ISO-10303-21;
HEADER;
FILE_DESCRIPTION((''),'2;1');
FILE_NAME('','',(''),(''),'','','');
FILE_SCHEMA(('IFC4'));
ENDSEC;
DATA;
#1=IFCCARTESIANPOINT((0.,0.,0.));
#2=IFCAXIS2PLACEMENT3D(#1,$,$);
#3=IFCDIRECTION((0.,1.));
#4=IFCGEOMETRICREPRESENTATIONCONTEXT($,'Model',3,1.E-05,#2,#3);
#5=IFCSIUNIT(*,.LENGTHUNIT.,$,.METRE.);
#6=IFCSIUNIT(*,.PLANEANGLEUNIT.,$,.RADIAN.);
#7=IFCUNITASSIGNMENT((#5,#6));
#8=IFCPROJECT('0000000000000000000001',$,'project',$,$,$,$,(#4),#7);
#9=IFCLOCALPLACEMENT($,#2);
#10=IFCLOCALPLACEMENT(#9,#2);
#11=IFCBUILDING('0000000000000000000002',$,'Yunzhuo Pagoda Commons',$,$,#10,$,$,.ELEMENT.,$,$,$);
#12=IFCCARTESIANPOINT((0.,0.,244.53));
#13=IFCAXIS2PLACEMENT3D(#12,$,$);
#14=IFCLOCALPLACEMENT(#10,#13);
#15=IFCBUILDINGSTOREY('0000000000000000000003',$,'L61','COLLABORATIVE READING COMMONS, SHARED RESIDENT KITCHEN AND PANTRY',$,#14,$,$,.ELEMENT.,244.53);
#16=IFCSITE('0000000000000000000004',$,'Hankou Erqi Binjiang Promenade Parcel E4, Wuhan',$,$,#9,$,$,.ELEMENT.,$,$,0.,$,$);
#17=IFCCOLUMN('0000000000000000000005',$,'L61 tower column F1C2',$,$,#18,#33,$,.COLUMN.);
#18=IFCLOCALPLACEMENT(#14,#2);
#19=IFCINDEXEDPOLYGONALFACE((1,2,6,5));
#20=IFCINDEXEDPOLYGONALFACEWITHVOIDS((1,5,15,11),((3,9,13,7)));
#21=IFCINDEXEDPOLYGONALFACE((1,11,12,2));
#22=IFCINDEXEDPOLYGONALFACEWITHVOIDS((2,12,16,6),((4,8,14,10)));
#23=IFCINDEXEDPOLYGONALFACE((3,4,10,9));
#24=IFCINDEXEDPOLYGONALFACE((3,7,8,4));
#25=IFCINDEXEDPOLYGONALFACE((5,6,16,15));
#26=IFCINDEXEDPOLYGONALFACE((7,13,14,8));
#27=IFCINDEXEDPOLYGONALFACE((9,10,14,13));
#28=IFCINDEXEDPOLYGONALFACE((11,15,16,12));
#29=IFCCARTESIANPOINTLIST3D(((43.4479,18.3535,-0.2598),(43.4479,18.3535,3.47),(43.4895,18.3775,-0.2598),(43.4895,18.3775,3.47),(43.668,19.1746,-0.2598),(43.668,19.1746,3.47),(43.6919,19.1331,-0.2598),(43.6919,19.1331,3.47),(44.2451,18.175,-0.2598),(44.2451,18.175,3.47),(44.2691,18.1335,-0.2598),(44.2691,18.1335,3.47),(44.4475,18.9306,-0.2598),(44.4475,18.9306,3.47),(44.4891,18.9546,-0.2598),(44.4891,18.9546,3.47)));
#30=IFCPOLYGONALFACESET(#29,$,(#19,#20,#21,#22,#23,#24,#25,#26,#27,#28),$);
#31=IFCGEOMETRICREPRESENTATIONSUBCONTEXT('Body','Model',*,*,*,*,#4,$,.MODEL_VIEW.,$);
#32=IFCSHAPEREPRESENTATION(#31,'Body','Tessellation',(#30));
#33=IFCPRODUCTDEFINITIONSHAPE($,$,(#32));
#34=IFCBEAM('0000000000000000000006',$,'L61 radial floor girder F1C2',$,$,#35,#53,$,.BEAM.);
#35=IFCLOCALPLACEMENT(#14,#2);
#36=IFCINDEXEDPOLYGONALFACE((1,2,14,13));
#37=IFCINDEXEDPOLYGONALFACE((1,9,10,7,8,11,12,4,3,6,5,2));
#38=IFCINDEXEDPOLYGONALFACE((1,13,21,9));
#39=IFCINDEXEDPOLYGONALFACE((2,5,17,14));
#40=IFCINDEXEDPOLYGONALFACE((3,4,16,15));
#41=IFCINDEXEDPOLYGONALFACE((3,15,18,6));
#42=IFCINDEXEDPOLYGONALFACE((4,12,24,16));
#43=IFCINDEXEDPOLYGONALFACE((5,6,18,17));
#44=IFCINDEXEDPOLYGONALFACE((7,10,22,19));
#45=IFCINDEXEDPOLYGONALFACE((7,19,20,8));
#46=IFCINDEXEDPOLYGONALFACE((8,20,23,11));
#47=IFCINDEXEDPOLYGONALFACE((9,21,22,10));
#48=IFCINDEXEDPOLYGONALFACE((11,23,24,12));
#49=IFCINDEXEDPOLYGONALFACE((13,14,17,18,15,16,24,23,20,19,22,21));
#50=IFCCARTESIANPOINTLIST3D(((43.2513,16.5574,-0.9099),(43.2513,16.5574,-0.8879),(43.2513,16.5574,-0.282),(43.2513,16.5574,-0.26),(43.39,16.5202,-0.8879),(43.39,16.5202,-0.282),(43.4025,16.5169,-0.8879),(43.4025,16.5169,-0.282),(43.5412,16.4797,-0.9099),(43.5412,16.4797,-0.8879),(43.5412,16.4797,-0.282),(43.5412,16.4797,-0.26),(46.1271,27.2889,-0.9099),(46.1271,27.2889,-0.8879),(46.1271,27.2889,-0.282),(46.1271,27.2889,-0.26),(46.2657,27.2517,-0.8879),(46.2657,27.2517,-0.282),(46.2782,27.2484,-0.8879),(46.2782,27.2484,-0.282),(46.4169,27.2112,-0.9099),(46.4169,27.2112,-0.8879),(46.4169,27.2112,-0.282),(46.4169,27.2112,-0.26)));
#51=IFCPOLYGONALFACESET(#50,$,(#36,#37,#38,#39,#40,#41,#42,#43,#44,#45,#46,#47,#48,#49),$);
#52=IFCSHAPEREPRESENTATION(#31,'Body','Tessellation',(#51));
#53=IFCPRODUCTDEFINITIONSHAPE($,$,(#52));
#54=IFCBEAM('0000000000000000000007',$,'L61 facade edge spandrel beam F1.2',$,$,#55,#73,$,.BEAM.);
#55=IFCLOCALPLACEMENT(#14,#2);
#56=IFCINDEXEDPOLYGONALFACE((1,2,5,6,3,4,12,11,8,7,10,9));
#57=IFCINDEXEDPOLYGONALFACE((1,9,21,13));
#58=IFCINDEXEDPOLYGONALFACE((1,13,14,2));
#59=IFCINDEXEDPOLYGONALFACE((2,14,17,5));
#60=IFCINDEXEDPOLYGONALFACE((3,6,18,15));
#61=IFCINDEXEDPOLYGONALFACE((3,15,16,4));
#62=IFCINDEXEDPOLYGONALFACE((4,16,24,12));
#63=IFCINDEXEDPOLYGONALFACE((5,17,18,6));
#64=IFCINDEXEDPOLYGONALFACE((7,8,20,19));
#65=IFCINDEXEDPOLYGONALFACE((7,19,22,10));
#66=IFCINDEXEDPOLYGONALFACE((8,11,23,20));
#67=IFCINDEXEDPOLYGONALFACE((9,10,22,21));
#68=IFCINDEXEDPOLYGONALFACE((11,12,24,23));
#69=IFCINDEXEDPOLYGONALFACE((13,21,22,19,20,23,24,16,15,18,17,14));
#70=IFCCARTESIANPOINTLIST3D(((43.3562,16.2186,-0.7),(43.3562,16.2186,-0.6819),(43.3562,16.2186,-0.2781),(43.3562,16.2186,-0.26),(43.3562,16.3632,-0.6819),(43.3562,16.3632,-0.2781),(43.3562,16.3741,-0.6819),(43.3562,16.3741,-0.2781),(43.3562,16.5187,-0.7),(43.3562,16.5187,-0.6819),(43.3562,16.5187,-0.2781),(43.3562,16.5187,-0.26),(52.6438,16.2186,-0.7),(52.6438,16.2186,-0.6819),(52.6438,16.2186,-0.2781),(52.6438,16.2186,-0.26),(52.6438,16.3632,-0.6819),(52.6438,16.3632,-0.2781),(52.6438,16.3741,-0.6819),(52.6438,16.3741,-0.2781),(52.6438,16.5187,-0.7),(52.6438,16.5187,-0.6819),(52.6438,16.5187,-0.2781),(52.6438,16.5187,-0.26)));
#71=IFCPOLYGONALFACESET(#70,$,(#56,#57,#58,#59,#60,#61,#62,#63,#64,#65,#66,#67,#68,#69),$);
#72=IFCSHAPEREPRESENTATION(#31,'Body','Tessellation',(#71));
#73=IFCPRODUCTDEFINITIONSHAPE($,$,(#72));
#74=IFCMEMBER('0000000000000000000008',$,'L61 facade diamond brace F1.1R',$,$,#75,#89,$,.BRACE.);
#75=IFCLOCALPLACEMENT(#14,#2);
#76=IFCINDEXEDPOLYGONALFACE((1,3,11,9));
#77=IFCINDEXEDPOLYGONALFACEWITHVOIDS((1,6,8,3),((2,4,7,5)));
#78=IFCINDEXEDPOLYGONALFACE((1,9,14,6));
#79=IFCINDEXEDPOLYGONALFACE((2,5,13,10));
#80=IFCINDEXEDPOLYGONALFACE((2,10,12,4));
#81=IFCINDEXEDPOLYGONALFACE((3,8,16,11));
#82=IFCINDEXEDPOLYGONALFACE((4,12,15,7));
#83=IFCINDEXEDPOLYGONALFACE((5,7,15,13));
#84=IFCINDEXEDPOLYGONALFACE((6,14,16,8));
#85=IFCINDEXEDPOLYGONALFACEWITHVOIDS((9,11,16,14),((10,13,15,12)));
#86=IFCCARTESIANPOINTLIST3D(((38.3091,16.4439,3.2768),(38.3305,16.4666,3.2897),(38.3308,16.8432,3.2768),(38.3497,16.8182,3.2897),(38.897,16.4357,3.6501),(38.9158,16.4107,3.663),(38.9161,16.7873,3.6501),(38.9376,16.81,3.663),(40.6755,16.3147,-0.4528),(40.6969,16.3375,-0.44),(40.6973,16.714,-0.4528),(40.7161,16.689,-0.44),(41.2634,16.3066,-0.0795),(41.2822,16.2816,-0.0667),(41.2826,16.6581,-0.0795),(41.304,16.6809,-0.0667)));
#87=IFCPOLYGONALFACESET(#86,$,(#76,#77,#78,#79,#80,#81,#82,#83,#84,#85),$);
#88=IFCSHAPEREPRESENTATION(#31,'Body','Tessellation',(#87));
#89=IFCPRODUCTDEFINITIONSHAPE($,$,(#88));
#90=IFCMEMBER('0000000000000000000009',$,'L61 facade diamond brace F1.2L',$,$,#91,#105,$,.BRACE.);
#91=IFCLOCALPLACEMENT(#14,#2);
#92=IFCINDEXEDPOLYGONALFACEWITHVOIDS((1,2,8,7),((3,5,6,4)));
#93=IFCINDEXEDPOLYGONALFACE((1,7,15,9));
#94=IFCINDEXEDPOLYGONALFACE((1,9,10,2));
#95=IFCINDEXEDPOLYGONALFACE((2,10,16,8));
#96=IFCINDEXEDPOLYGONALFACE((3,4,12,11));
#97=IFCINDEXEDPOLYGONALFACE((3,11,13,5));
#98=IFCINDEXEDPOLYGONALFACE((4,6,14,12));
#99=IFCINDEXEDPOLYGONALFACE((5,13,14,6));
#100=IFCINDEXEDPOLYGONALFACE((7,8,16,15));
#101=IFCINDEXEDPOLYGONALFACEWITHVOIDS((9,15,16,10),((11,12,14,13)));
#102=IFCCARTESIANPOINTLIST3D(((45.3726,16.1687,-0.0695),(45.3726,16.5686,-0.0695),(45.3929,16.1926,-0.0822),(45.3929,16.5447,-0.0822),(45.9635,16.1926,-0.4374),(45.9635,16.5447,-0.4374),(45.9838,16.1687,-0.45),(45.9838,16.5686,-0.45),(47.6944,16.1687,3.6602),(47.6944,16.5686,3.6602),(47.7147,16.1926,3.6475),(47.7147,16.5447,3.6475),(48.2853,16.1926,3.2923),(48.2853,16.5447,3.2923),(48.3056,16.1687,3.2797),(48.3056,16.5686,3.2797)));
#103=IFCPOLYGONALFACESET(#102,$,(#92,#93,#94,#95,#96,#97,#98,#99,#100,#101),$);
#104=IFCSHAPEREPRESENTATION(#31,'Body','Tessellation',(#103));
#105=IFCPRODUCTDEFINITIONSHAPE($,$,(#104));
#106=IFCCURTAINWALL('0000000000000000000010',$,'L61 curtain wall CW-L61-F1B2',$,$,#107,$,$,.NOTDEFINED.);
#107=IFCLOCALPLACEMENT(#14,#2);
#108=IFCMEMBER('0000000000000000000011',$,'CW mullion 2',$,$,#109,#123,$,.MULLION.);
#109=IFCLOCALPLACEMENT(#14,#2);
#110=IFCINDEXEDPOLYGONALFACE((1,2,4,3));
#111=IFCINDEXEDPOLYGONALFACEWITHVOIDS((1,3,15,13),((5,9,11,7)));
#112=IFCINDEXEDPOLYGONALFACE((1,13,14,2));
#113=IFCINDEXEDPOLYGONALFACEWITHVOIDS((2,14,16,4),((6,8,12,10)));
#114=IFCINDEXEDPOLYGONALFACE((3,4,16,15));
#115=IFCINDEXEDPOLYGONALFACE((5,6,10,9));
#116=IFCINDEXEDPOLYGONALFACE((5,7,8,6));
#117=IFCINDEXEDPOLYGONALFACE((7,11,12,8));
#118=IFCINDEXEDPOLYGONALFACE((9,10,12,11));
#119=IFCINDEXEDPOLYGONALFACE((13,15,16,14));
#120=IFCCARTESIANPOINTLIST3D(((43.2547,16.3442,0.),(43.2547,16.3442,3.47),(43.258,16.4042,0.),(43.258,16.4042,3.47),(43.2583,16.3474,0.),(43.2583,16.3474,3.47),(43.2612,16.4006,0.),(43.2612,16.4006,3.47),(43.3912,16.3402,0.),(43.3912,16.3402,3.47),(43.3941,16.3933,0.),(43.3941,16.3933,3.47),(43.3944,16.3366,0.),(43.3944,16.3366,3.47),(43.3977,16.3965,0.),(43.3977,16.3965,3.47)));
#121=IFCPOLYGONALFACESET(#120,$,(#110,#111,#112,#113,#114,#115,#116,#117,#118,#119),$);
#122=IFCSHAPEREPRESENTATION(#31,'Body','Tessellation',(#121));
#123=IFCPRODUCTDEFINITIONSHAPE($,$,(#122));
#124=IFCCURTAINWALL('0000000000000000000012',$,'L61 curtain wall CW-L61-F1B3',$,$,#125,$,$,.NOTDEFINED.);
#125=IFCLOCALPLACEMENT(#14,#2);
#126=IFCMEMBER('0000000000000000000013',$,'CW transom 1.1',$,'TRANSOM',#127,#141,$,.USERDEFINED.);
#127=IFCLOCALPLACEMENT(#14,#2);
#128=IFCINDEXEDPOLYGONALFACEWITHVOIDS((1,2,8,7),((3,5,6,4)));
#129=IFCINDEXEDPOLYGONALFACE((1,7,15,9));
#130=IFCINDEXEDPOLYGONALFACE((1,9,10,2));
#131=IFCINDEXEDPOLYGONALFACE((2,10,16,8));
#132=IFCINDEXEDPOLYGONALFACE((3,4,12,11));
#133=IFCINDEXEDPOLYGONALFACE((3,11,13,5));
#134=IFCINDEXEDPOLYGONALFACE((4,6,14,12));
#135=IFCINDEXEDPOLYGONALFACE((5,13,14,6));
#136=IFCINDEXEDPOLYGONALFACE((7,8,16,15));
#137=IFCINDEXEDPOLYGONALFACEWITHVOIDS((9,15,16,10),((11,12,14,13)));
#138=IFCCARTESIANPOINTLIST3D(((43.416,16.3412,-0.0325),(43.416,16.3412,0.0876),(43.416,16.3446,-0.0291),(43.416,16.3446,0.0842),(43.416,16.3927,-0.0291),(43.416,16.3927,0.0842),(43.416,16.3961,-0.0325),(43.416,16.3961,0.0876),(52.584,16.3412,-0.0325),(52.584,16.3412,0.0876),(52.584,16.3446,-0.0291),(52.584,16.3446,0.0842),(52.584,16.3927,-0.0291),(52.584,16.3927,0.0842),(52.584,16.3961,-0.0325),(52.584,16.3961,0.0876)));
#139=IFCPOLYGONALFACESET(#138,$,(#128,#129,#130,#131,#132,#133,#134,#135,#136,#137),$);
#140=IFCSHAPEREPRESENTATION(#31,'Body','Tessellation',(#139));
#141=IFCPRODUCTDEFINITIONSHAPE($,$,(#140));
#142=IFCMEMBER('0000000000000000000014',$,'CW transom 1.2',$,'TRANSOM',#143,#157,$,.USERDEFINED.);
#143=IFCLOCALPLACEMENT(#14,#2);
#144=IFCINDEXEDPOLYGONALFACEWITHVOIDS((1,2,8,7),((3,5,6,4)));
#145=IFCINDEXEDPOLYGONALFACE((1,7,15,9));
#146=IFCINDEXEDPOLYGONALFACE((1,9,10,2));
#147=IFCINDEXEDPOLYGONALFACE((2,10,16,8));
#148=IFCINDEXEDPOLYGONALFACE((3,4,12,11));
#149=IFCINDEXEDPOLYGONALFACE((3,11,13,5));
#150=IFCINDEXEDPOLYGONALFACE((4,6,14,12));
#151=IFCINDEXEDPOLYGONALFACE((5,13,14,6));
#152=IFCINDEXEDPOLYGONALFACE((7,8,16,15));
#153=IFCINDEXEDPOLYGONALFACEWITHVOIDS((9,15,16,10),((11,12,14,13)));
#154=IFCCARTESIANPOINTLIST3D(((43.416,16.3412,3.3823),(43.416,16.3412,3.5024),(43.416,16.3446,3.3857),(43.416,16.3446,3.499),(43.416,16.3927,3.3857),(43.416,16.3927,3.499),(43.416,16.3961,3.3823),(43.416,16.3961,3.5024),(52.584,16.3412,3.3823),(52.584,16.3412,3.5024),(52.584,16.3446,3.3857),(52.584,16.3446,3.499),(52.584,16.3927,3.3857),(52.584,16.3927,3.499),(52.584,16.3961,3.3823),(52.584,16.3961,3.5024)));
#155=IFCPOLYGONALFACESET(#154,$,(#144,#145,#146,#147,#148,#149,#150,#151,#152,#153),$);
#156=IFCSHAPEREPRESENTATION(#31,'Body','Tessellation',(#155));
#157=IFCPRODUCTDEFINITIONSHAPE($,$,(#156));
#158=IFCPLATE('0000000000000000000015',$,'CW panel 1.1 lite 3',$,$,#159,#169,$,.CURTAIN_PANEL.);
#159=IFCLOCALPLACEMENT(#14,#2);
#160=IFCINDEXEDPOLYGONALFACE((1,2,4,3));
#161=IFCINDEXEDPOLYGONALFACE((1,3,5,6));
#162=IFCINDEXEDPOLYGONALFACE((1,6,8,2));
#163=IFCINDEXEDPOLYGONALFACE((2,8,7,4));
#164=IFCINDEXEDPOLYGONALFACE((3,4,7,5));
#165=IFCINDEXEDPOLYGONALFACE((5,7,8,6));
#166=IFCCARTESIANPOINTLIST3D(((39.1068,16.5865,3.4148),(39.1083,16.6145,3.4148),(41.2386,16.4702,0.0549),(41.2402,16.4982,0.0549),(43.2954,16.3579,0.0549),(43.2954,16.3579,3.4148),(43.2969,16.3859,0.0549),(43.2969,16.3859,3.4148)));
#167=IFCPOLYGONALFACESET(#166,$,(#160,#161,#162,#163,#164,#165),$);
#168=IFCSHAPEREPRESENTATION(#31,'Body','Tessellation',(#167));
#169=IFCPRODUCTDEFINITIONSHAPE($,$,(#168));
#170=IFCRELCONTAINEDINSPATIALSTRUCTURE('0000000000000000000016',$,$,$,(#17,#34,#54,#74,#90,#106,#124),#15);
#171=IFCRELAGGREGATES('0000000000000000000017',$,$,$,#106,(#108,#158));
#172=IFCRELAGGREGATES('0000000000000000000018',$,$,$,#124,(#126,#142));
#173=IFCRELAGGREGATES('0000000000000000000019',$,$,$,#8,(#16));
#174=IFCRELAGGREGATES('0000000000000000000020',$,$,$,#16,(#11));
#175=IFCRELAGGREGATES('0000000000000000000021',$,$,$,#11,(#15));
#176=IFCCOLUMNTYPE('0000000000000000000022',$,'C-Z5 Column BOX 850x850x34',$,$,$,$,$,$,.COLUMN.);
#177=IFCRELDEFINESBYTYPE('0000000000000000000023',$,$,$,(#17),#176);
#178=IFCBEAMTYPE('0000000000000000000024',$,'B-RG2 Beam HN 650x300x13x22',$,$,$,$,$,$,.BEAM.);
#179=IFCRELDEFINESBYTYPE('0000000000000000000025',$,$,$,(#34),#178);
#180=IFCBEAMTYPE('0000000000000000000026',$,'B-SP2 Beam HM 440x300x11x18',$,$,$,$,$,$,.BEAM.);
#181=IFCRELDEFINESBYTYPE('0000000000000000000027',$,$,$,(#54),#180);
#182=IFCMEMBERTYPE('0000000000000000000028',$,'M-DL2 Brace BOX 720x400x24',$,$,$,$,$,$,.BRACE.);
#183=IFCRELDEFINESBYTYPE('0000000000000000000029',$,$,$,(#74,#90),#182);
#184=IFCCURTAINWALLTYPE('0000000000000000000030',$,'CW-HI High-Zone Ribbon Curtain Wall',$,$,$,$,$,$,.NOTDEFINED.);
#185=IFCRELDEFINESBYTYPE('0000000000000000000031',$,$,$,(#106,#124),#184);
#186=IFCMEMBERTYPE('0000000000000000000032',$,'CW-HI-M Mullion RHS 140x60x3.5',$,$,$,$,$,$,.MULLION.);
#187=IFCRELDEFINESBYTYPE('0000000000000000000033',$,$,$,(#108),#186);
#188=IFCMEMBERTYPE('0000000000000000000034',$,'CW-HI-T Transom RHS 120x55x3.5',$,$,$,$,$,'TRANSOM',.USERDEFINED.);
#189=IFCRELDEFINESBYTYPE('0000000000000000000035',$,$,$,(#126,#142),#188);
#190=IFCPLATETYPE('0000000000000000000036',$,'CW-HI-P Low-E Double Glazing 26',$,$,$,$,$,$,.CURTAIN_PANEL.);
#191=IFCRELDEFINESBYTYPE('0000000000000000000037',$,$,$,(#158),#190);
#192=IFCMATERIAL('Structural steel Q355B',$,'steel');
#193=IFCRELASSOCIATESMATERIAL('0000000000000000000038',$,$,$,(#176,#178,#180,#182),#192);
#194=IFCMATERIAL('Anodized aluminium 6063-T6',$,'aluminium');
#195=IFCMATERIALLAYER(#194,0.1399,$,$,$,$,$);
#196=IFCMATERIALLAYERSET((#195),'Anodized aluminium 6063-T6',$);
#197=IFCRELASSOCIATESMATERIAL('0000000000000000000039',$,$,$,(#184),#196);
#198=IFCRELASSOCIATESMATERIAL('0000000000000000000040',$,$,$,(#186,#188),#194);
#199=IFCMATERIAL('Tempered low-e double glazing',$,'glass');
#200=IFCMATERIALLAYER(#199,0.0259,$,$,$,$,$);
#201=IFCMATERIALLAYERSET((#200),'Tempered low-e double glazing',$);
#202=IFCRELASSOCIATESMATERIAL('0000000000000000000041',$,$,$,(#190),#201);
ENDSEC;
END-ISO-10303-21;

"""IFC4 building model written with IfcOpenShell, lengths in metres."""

from ifc_helpers import new_model, si_unit, direction, frame, origin, origin_2d, place, context, subcontext, project, spatial, polyline, hollow_rectangle, i_section, outline, extrude, source, transform, mapped, material, layer, layer_set, material_profile, profile_set, type_object, element, aggregate, save


model = new_model("IFC4")

# Units and contexts
model_context = context("Model", 3, precision=1e-05, world=origin(), true_north=direction((0.0, 1.0)))
body_context = subcontext(model_context, "Body", "Model", "MODEL_VIEW")
ifc_project = project(units=[si_unit("LENGTHUNIT", "METRE"), si_unit("PLANEANGLEUNIT", "RADIAN")], contexts=[model_context])

# Site, building, storey
site_placement = place(None, origin())
site = spatial("IfcSite", under=ifc_project, at=site_placement, Name="Hankou Erqi Binjiang Promenade Parcel E4, Wuhan", CompositionType="ELEMENT", RefElevation=0.0)
building_placement = place(site_placement, origin())
building = spatial("IfcBuilding", under=site, at=building_placement, Name="Yunzhuo Pagoda Commons", CompositionType="ELEMENT")
storey_placement = place(building_placement, frame((0.0, 0.0, 244.53)))
storey = spatial("IfcBuildingStorey", under=building, at=storey_placement, Name="L61", Description="COLLABORATIVE READING COMMONS, SHARED RESIDENT KITCHEN AND PANTRY", CompositionType="ELEMENT", Elevation=244.53)

# Column
ifc_material_1 = material(Name="Structural steel Q355B", Category="steel")
ifc_material_profile_1 = material_profile(ifc_material_1, hollow_rectangle(XDim=0.8501, YDim=0.8501, WallThickness=0.0339, at=origin_2d()), Name="Structural steel Q355B")
ifc_profile_set_1 = profile_set([ifc_material_profile_1], Name="Structural steel Q355B")
column_type = type_object("IfcColumnType", Name="C-Z5 Column BOX 850x850x34", PredefinedType="COLUMN", material=ifc_profile_set_1)
shared_shape_1 = source(origin(), body_context, "Body", "SweptSolid", [
    extrude(hollow_rectangle(XDim=0.8501, YDim=0.8501, WallThickness=0.0339, at=origin_2d()), origin(), (0.0, 0.0, 1.0), 3.7297),
])
column_placement = place(storey_placement, frame((43.9685, 18.6541, -0.2598), z_axis=(0.0, 0.0, 1.0), x_axis=(0.965926, -0.258819, 0.0)))
element("IfcColumn", 1, at=column_placement, inside=storey, type_object=column_type, Name="L61 tower column F1C2", PredefinedType="COLUMN", context=body_context, shape_type="MappedRepresentation", body=[
    mapped(shared_shape_1, transform((0.0, 0.0, 0.0), scale=1.0)),
])

# Beams
ifc_material_profile_2 = material_profile(ifc_material_1, i_section(OverallWidth=0.3, OverallDepth=0.6499, WebThickness=0.0129, FlangeThickness=0.022, at=origin_2d()), Name="Structural steel Q355B")
ifc_profile_set_2 = profile_set([ifc_material_profile_2], Name="Structural steel Q355B")
beam_type_1 = type_object("IfcBeamType", Name="B-RG2 Beam HN 650x300x13x22", PredefinedType="BEAM", material=ifc_profile_set_2)
shared_shape_2 = source(origin(), body_context, "Body", "SweptSolid", [
    extrude(i_section(OverallWidth=0.3, OverallDepth=0.6499, WebThickness=0.0129, FlangeThickness=0.022, at=origin_2d()), origin(), (0.0, 0.0, 1.0), 11.1101),
])
beam_1_placement = place(storey_placement, frame((43.3962, 16.5186, -0.585), z_axis=(0.25884, 0.96592, 0.0), x_axis=(-0.96592, 0.25884, 0.0)))
element("IfcBeam", 2, at=beam_1_placement, inside=storey, type_object=beam_type_1, Name="L61 radial floor girder F1C2", PredefinedType="BEAM", context=body_context, shape_type="MappedRepresentation", body=[
    mapped(shared_shape_2, transform((0.0, 0.0, 0.0), scale=1.0)),
])
ifc_material_profile_3 = material_profile(ifc_material_1, i_section(OverallWidth=0.3, OverallDepth=0.4399, WebThickness=0.011, FlangeThickness=0.0181, at=origin_2d()), Name="Structural steel Q355B")
ifc_profile_set_3 = profile_set([ifc_material_profile_3], Name="Structural steel Q355B")
beam_type_2 = type_object("IfcBeamType", Name="B-SP2 Beam HM 440x300x11x18", PredefinedType="BEAM", material=ifc_profile_set_3)
shared_shape_3 = source(origin(), body_context, "Body", "SweptSolid", [
    extrude(i_section(OverallWidth=0.3, OverallDepth=0.4399, WebThickness=0.011, FlangeThickness=0.0181, at=origin_2d()), origin(), (0.0, 0.0, 1.0), 9.2876),
])
beam_2_placement = place(storey_placement, frame((43.3562, 16.3687, -0.48), z_axis=(1.0, 0.0, 0.0), x_axis=(0.0, 1.0, 0.0)))
element("IfcBeam", 3, at=beam_2_placement, inside=storey, type_object=beam_type_2, Name="L61 facade edge spandrel beam F1.2", PredefinedType="BEAM", context=body_context, shape_type="MappedRepresentation", body=[
    mapped(shared_shape_3, transform((0.0, 0.0, 0.0), scale=1.0)),
])

# Members
ifc_material_profile_4 = material_profile(ifc_material_1, hollow_rectangle(XDim=0.3999, YDim=0.72, WallThickness=0.0239, at=origin_2d()), Name="Structural steel Q355B")
ifc_profile_set_4 = profile_set([ifc_material_profile_4], Name="Structural steel Q355B")
member_type_1 = type_object("IfcMemberType", Name="M-DL2 Brace BOX 720x400x24", PredefinedType="BRACE", material=ifc_profile_set_4)
shared_shape_4 = source(origin(), body_context, "Body", "SweptSolid", [
    extrude(hollow_rectangle(XDim=0.3999, YDim=0.72, WallThickness=0.0239, at=origin_2d()), origin(), (0.0, 0.0, 1.0), 4.4189),
])
member_1_placement = place(storey_placement, frame((40.9897, 16.4978, -0.2598), z_axis=(-0.535516, 0.029226, 0.844019), x_axis=(-0.054494, -0.998514, 0.0)))
element("IfcMember", 4, at=member_1_placement, inside=storey, type_object=member_type_1, Name="L61 facade diamond brace F1.1R", PredefinedType="BRACE", context=body_context, shape_type="MappedRepresentation", body=[
    mapped(shared_shape_4, transform((0.0, 0.0, 0.0), scale=1.0)),
])
shared_shape_5 = source(origin(), body_context, "Body", "SweptSolid", [
    extrude(hollow_rectangle(XDim=0.3999, YDim=0.72, WallThickness=0.0239, at=origin_2d()), origin(), (0.0, 0.0, 1.0), 4.3933),
])
member_2_placement = place(storey_placement, frame((45.6782, 16.3687, -0.2598), z_axis=(0.528475, 0.0, 0.848949), x_axis=(0.0, 1.0, 0.0)))
element("IfcMember", 5, at=member_2_placement, inside=storey, type_object=member_type_1, Name="L61 facade diamond brace F1.2L", PredefinedType="BRACE", context=body_context, shape_type="MappedRepresentation", body=[
    mapped(shared_shape_5, transform((0.0, 0.0, 0.0), scale=1.0)),
])

# Curtain wall, member
ifc_material_2 = material(Name="Anodized aluminium 6063-T6", Category="aluminium")
ifc_layer_1 = layer(ifc_material_2, 0.1399)
ifc_layer_set_1 = layer_set([ifc_layer_1], Name="Anodized aluminium 6063-T6")
curtain_wall_type = type_object("IfcCurtainWallType", Name="CW-HI High-Zone Ribbon Curtain Wall", PredefinedType="NOTDEFINED", material=ifc_layer_set_1)
curtain_wall_1_placement = place(storey_placement, origin())
curtain_wall_1 = element("IfcCurtainWall", 6, at=curtain_wall_1_placement, inside=storey, type_object=curtain_wall_type, Name="L61 curtain wall CW-L61-F1B2", PredefinedType="NOTDEFINED")
ifc_material_profile_5 = material_profile(ifc_material_2, hollow_rectangle(XDim=0.0601, YDim=0.1399, WallThickness=0.0034, at=origin_2d()), Name="Anodized aluminium 6063-T6")
ifc_profile_set_5 = profile_set([ifc_material_profile_5], Name="Anodized aluminium 6063-T6")
member_type_2 = type_object("IfcMemberType", Name="CW-HI-M Mullion RHS 140x60x3.5", PredefinedType="MULLION", material=ifc_profile_set_5)
shared_shape_6 = source(origin(), body_context, "Body", "SweptSolid", [
    extrude(hollow_rectangle(XDim=0.0601, YDim=0.1399, WallThickness=0.0034, at=origin_2d()), origin(), (0.0, 0.0, 1.0), 3.47),
])
member_3_placement = place(storey_placement, frame((43.3262, 16.3704, 0.0), z_axis=(0.0, 0.0, 1.0), x_axis=(0.054497, 0.998514, 0.0)))
member_3 = element("IfcMember", 7, at=member_3_placement, type_object=member_type_2, Name="CW mullion 2", PredefinedType="MULLION", context=body_context, shape_type="MappedRepresentation", body=[
    mapped(shared_shape_6, transform((0.0, 0.0, 0.0), scale=1.0)),
])

# Curtain wall, members
curtain_wall_2_placement = place(storey_placement, origin())
curtain_wall_2 = element("IfcCurtainWall", 8, at=curtain_wall_2_placement, inside=storey, type_object=curtain_wall_type, Name="L61 curtain wall CW-L61-F1B3", PredefinedType="NOTDEFINED")
ifc_material_profile_6 = material_profile(ifc_material_2, hollow_rectangle(XDim=0.0549, YDim=0.1201, WallThickness=0.0034, at=origin_2d()), Name="Anodized aluminium 6063-T6")
ifc_profile_set_6 = profile_set([ifc_material_profile_6], Name="Anodized aluminium 6063-T6")
member_type_3 = type_object("IfcMemberType", Name="CW-HI-T Transom RHS 120x55x3.5", ElementType="TRANSOM", PredefinedType="USERDEFINED", material=ifc_profile_set_6)
shared_shape_7 = source(origin(), body_context, "Body", "SweptSolid", [
    extrude(hollow_rectangle(XDim=0.0549, YDim=0.1201, WallThickness=0.0034, at=origin_2d()), origin(), (0.0, 0.0, 1.0), 9.168),
])
member_4_placement = place(storey_placement, frame((43.416, 16.3687, 0.0276), z_axis=(1.0, 0.0, 0.0), x_axis=(0.0, 1.0, 0.0)))
member_4 = element("IfcMember", 9, at=member_4_placement, type_object=member_type_3, Name="CW transom 1.1", ObjectType="TRANSOM", PredefinedType="USERDEFINED", context=body_context, shape_type="MappedRepresentation", body=[
    mapped(shared_shape_7, transform((0.0, 0.0, 0.0), scale=1.0)),
])
member_5_placement = place(storey_placement, frame((43.416, 16.3687, 3.4424), z_axis=(1.0, 0.0, 0.0), x_axis=(0.0, 1.0, 0.0)))
member_5 = element("IfcMember", 10, at=member_5_placement, type_object=member_type_3, Name="CW transom 1.2", ObjectType="TRANSOM", PredefinedType="USERDEFINED", context=body_context, shape_type="MappedRepresentation", body=[
    mapped(shared_shape_7, transform((0.0, 0.0, 0.0), scale=1.0)),
])

# Plate
ifc_material_3 = material(Name="Tempered low-e double glazing", Category="glass")
ifc_layer_2 = layer(ifc_material_3, 0.0259)
ifc_layer_set_2 = layer_set([ifc_layer_2], Name="Tempered low-e double glazing")
plate_type = type_object("IfcPlateType", Name="CW-HI-P Low-E Double Glazing 26", PredefinedType="CURTAIN_PANEL", material=ifc_layer_set_2)
plate_1_placement = place(storey_placement, frame((41.2026, 16.5002, 1.7349), z_axis=(-0.054497, -0.998514, 0.0), x_axis=(0.998514, -0.054497, 0.0)))
plate_1 = element("IfcPlate", 11, at=plate_1_placement, type_object=plate_type, Name="CW panel 1.1 lite 3", PredefinedType="CURTAIN_PANEL", context=body_context, shape_type="SweptSolid", body=[
    extrude(outline(polyline([(-2.0974, 1.6799), (0.0376, -1.6799), (2.0974, -1.6799), (2.0974, 1.6799), (-2.0974, 1.6799)])), origin(), (0.0, 0.0, 1.0), 0.0281),
])
aggregate(curtain_wall_1, [member_3, plate_1])
aggregate(curtain_wall_2, [member_4, member_5])

save(model, "model.ifc")
